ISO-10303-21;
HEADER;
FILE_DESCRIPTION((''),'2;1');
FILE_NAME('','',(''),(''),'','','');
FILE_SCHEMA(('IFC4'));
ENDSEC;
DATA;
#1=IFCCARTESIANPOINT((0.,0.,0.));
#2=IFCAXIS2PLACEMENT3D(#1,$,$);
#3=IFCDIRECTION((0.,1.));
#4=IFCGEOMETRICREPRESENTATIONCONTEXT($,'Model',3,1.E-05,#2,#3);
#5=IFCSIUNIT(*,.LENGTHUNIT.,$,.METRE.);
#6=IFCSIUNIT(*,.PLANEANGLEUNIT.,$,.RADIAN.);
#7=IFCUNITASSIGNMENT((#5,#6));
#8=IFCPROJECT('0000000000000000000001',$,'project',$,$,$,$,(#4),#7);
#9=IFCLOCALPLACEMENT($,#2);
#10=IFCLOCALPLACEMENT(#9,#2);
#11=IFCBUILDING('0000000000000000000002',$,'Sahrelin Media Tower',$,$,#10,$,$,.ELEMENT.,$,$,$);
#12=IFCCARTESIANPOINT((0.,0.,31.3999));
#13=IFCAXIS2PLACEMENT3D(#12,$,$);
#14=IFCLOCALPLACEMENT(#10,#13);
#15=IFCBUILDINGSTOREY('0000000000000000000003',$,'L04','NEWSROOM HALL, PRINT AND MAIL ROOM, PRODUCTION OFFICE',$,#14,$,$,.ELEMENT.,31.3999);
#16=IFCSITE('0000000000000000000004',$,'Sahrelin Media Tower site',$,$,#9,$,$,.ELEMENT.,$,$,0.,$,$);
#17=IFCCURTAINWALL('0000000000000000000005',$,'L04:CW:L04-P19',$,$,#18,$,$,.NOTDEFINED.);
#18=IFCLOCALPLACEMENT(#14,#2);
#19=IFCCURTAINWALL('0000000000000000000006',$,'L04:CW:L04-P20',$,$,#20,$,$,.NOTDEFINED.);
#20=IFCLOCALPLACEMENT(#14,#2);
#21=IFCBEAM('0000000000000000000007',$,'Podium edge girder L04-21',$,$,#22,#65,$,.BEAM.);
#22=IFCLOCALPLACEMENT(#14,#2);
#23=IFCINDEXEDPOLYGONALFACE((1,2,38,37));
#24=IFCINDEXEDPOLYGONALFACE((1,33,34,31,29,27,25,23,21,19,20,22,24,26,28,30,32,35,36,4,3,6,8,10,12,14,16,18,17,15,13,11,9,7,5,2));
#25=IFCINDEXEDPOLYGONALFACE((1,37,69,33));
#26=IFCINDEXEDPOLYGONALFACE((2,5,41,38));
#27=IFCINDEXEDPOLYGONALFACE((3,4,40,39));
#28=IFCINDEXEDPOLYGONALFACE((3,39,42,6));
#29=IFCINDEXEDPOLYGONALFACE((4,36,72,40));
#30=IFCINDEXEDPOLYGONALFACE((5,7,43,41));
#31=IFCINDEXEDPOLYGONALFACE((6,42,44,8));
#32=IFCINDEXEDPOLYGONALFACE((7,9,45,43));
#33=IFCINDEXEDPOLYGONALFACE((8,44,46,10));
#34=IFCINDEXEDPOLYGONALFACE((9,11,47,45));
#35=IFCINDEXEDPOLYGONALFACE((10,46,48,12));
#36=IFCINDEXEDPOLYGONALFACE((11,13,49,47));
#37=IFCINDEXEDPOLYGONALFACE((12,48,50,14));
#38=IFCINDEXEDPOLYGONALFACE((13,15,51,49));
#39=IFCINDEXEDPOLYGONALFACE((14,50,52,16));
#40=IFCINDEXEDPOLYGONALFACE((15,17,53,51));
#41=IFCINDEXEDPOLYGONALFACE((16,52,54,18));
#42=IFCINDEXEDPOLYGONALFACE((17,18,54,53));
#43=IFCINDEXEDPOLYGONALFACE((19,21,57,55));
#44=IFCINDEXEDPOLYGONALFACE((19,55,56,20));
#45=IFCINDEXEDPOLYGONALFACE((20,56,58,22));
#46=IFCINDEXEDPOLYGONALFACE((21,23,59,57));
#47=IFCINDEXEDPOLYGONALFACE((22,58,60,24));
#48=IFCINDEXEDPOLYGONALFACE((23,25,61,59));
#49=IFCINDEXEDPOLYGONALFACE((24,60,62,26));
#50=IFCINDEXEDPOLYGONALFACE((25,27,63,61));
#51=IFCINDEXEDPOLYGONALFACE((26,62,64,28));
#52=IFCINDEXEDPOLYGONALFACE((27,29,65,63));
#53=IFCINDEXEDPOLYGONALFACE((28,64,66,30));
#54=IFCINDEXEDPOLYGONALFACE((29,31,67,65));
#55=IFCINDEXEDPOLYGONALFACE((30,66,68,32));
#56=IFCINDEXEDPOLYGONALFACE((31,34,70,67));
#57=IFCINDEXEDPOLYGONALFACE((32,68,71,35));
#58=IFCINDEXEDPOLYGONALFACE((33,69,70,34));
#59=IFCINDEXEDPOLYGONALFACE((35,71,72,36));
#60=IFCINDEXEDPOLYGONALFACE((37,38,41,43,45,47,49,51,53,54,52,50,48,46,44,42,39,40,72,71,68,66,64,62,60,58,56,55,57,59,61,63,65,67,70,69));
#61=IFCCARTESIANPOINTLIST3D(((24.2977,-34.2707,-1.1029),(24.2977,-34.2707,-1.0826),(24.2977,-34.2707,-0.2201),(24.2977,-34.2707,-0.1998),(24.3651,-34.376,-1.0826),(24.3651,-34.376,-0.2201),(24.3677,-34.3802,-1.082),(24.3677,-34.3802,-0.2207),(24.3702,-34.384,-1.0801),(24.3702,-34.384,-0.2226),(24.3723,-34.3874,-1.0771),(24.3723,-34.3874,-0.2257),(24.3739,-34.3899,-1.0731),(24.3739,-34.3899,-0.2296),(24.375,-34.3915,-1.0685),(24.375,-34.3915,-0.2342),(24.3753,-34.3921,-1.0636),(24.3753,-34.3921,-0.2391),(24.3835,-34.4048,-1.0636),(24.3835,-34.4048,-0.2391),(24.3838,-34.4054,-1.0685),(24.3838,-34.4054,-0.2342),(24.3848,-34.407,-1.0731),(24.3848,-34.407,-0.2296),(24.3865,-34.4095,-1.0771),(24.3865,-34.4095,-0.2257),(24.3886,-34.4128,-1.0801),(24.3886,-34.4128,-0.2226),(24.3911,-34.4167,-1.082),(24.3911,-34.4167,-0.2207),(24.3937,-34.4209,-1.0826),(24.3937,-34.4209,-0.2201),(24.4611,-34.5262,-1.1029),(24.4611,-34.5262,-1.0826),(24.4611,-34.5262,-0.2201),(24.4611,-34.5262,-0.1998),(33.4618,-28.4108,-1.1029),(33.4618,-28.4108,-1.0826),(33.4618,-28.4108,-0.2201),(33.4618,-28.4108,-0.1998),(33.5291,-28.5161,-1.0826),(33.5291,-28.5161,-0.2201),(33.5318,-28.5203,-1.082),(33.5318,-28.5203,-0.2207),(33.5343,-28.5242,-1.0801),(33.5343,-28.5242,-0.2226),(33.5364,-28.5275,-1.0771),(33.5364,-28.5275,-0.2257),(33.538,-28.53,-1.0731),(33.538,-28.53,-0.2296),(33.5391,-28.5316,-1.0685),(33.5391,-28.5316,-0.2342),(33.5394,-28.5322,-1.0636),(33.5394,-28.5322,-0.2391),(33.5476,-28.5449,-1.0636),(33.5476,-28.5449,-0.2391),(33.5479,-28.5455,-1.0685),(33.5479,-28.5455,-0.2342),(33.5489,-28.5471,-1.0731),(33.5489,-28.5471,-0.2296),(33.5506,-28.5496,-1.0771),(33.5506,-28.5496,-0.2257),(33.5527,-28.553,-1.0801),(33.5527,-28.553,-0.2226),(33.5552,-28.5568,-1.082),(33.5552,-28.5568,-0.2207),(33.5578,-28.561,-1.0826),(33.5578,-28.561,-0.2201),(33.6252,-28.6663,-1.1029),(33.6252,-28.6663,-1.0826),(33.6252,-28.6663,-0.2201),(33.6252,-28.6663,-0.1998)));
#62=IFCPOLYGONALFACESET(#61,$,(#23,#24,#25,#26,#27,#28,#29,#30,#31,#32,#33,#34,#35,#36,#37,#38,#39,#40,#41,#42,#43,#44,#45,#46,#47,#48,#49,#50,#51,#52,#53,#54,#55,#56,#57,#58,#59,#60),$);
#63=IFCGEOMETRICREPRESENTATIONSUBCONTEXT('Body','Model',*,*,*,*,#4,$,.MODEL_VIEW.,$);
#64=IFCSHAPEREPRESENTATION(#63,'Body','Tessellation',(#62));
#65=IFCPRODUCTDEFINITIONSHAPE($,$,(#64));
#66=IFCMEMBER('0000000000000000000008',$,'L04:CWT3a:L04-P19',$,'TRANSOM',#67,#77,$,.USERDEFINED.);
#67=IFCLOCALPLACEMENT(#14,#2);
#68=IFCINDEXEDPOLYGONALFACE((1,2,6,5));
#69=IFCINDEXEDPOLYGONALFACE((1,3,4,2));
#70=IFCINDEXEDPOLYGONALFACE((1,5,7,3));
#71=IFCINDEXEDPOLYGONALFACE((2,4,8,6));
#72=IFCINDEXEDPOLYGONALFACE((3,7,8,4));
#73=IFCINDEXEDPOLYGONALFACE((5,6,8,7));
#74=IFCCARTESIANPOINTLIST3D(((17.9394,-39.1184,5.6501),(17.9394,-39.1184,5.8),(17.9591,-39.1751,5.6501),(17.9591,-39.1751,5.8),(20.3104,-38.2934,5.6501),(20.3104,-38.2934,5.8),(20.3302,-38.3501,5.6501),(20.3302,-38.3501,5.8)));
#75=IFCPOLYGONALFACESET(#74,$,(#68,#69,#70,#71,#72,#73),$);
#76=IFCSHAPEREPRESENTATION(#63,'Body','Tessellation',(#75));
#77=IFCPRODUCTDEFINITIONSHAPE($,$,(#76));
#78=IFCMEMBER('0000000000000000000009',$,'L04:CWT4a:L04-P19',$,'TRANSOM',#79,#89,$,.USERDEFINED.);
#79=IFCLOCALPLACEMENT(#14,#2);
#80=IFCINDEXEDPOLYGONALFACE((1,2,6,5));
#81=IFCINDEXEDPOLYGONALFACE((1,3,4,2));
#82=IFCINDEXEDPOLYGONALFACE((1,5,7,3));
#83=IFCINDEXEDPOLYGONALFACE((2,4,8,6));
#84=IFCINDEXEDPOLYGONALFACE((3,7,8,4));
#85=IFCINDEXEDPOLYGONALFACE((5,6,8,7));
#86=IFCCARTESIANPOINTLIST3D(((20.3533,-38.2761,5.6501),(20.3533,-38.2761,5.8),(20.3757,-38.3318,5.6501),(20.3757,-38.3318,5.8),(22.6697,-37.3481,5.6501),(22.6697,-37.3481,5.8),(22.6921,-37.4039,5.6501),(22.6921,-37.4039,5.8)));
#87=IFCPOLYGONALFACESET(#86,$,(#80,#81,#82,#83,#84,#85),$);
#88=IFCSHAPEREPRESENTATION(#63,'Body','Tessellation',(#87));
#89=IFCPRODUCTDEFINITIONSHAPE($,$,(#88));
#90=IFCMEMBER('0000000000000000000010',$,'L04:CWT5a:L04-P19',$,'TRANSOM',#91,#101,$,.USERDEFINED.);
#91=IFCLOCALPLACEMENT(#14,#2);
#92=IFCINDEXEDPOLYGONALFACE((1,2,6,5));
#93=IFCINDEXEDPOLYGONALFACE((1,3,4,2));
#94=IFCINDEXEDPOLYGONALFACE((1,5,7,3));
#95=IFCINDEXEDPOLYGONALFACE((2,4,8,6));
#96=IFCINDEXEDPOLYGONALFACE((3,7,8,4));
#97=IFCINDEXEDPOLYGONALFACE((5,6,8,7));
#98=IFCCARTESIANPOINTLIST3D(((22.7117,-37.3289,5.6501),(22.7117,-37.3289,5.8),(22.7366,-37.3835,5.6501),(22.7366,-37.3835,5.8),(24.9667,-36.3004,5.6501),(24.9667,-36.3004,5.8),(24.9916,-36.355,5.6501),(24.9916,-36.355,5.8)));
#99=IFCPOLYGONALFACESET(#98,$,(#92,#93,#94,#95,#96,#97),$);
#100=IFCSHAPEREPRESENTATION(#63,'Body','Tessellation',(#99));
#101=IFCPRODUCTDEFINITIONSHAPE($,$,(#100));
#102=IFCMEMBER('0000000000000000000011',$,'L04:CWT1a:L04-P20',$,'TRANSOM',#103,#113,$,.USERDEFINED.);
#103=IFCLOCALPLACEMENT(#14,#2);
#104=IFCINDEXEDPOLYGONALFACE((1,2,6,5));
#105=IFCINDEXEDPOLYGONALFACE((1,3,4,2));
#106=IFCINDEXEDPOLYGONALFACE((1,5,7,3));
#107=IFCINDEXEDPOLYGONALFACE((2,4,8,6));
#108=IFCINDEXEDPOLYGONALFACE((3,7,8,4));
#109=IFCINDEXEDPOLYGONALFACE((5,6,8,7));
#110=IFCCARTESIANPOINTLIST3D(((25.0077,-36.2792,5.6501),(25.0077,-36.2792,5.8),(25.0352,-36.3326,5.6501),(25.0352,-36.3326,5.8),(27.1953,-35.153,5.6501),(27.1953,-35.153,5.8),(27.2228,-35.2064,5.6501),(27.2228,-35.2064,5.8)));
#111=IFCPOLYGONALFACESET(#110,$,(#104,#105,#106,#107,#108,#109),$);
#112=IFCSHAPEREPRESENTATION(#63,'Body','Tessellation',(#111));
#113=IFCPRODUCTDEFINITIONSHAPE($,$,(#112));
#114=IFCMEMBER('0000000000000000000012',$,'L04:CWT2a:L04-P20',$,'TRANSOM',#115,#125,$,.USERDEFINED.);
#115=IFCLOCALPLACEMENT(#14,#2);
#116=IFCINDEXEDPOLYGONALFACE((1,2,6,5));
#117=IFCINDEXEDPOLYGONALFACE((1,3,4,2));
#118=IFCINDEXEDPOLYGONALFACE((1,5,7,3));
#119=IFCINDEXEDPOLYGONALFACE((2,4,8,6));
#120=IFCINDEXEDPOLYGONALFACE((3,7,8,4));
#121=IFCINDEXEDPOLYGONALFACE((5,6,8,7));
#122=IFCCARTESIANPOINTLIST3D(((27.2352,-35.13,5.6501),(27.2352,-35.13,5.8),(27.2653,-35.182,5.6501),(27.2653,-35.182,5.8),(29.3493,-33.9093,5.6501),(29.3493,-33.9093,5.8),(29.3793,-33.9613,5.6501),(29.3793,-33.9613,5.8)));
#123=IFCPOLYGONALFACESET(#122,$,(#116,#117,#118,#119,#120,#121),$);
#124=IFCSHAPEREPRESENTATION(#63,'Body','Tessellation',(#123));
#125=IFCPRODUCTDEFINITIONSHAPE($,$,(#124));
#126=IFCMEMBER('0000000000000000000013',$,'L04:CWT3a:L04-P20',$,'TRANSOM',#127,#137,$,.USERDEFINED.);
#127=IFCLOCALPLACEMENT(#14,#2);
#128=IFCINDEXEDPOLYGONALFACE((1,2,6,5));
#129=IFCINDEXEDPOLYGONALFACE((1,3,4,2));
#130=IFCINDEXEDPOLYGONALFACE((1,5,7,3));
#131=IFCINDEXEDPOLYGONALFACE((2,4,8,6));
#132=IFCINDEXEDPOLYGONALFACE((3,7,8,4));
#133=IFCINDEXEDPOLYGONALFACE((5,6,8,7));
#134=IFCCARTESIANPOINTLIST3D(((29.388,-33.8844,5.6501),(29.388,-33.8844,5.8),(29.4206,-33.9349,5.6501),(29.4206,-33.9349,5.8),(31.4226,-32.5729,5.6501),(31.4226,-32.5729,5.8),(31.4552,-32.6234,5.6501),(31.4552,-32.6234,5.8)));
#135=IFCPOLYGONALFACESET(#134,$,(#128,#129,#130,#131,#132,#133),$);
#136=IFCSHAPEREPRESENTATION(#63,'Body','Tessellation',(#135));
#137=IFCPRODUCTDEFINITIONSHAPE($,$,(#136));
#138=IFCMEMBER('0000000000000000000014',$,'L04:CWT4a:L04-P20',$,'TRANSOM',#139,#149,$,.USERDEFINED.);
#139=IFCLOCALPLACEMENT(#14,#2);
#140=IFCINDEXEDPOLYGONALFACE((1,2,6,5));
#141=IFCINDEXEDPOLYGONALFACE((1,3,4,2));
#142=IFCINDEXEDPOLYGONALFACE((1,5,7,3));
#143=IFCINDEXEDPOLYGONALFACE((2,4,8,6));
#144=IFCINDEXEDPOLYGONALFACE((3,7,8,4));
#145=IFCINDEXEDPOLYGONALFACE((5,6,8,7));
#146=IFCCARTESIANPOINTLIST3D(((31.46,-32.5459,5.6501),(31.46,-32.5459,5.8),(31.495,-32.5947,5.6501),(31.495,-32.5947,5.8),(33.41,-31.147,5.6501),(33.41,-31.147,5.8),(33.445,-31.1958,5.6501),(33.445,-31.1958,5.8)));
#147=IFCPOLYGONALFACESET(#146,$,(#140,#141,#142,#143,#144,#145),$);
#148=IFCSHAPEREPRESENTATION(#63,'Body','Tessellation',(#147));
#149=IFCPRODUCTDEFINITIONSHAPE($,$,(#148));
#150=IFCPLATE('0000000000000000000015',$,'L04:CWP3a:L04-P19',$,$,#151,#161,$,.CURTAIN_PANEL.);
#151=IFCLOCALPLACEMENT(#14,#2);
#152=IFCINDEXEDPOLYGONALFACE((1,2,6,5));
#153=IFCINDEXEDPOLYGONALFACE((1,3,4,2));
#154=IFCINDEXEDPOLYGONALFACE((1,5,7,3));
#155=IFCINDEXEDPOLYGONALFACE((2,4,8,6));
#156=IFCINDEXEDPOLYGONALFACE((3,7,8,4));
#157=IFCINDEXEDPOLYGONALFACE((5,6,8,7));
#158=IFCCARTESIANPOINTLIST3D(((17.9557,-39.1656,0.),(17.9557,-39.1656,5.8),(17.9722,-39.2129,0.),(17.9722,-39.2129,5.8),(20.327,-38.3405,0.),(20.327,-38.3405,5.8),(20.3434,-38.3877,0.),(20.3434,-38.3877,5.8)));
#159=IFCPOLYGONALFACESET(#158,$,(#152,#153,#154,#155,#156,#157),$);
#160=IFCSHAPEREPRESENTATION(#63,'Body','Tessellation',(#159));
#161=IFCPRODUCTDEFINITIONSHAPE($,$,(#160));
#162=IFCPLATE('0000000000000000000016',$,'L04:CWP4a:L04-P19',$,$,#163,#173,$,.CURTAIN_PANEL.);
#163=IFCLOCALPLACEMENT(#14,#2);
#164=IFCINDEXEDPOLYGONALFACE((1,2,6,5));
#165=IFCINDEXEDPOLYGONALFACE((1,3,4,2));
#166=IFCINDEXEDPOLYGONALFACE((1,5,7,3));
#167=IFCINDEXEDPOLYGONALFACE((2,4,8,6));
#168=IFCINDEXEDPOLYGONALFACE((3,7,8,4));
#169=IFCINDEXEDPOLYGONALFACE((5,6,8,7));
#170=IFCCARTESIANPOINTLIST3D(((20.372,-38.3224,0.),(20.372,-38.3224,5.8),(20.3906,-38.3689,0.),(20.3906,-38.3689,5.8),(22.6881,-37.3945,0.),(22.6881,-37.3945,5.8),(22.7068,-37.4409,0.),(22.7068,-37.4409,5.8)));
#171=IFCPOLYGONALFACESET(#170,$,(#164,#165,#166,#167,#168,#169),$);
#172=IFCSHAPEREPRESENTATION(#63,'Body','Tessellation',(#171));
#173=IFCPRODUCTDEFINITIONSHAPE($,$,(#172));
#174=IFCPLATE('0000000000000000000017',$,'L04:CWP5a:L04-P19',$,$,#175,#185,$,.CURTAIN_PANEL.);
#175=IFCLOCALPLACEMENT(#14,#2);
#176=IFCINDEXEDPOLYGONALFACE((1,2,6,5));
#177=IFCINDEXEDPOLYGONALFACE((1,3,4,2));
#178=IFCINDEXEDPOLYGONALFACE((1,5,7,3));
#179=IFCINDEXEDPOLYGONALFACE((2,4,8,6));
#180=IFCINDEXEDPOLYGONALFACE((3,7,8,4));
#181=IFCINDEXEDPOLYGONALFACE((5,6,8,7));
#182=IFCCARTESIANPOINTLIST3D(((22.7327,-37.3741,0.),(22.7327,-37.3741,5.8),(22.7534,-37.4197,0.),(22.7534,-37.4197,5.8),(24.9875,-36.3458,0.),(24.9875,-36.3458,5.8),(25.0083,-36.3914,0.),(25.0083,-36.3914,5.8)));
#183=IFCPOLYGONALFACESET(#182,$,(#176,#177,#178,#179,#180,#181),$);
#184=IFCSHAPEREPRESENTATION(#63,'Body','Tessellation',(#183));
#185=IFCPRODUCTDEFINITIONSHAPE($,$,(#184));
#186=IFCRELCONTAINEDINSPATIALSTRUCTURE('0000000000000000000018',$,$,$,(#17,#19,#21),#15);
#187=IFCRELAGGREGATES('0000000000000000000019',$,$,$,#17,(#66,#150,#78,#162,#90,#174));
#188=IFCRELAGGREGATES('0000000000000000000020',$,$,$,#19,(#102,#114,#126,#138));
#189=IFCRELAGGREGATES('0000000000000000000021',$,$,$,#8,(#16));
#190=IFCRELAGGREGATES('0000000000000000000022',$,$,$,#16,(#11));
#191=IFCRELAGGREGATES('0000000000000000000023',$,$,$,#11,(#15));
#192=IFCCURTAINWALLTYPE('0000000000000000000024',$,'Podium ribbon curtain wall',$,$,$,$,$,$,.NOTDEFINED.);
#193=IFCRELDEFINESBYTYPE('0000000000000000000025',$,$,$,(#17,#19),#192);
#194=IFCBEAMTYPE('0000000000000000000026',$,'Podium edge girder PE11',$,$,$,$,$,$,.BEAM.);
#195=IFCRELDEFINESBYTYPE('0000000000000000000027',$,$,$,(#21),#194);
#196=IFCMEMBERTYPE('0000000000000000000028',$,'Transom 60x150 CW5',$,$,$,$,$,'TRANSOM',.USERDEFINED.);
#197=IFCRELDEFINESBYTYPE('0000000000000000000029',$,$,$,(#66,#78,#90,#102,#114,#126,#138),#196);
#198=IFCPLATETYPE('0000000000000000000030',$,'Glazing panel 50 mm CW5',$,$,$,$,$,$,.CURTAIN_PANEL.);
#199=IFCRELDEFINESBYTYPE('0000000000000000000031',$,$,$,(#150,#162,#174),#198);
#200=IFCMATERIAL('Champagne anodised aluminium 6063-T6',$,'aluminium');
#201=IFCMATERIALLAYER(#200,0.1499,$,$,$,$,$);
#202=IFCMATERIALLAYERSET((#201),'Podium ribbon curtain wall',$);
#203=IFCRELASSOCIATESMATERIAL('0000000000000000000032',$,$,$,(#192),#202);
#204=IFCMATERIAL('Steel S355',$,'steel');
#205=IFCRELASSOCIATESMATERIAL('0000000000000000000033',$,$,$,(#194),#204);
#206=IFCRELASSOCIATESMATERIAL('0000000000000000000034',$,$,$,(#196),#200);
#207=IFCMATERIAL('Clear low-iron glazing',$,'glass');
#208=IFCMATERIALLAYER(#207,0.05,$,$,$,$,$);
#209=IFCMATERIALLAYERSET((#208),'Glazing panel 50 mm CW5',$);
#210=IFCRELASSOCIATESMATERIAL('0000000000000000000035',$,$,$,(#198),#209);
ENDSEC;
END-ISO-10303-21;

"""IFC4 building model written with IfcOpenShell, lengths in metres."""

from ifc_helpers import new_model, si_unit, direction, frame, origin, origin_2d, place, context, subcontext, project, spatial, polyline, rectangle, i_section, outline, extrude, material, layer, layer_set, material_profile, profile_set, type_object, element, aggregate, save


model = new_model("IFC4")

# Units and contexts
model_context = context("Model", 3, precision=1e-05, world=origin(), true_north=direction((0.0, 1.0)))
body_context = subcontext(model_context, "Body", "Model", "MODEL_VIEW")
ifc_project = project(units=[si_unit("LENGTHUNIT", "METRE"), si_unit("PLANEANGLEUNIT", "RADIAN")], contexts=[model_context])

# Site, building, storey
site_placement = place(None, origin())
site = spatial("IfcSite", under=ifc_project, at=site_placement, Name="Sahrelin Media Tower site", CompositionType="ELEMENT", RefElevation=0.0)
building_placement = place(site_placement, origin())
building = spatial("IfcBuilding", under=site, at=building_placement, Name="Sahrelin Media Tower", CompositionType="ELEMENT")
storey_placement = place(building_placement, frame((0.0, 0.0, 31.3999)))
storey = spatial("IfcBuildingStorey", under=building, at=storey_placement, Name="L04", Description="NEWSROOM HALL, PRINT AND MAIL ROOM, PRODUCTION OFFICE", CompositionType="ELEMENT", Elevation=31.3999)

# Shared definitions
ifc_material_1 = material(Name="Steel S355", Category="steel")

# Curtain walls
ifc_material_2 = material(Name="Champagne anodised aluminium 6063-T6", Category="aluminium")
ifc_layer_1 = layer(ifc_material_2, 0.1499)
ifc_layer_set_1 = layer_set([ifc_layer_1], Name="Podium ribbon curtain wall")
curtain_wall_type = type_object("IfcCurtainWallType", Name="Podium ribbon curtain wall", PredefinedType="NOTDEFINED", material=ifc_layer_set_1)
curtain_wall_1_placement = place(storey_placement, frame((12.9409, -40.5688, 0.0), z_axis=(0.0, 0.0, 1.0), x_axis=(1.0, 0.0, 0.0)))
curtain_wall_1 = element("IfcCurtainWall", 1, at=curtain_wall_1_placement, inside=storey, type_object=curtain_wall_type, Name="L04:CW:L04-P19", PredefinedType="NOTDEFINED")
curtain_wall_2_placement = place(storey_placement, frame((25.0, -36.373, 0.0), z_axis=(0.0, 0.0, 1.0), x_axis=(1.0, 0.0, 0.0)))
curtain_wall_2 = element("IfcCurtainWall", 2, at=curtain_wall_2_placement, inside=storey, type_object=curtain_wall_type, Name="L04:CW:L04-P20", PredefinedType="NOTDEFINED")

# Beam
ifc_material_profile_1 = material_profile(ifc_material_1, i_section(OverallWidth=0.3032, OverallDepth=0.9031, WebThickness=0.0151, FlangeThickness=0.0203, FilletRadius=0.019, at=origin_2d()), Name="UB 914x305x201")
ifc_profile_set_1 = profile_set([ifc_material_profile_1], Name="Steel S355")
beam_type_1 = type_object("IfcBeamType", Name="Podium edge girder PE11", PredefinedType="BEAM", material=ifc_profile_set_1)
beam_1_placement = place(storey_placement, frame((24.3794, -34.3984, -0.6514), z_axis=(0.842486, 0.538719, 0.0), x_axis=(-0.538719, 0.842486, 0.0)))
element("IfcBeam", 3, at=beam_1_placement, inside=storey, type_object=beam_type_1, Name="Podium edge girder L04-21", PredefinedType="BEAM", context=body_context, shape_type="SweptSolid", body=[
    extrude(i_section(OverallWidth=0.3032, OverallDepth=0.9031, WebThickness=0.0151, FlangeThickness=0.0203, FilletRadius=0.019, at=origin_2d()), origin(), (0.0, 0.0, 1.0), 10.8774),
])

# Members
ifc_material_profile_2 = material_profile(ifc_material_2, rectangle(XDim=0.0601, YDim=0.1499, at=origin_2d()), Name="Transom 60x150")
ifc_profile_set_2 = profile_set([ifc_material_profile_2], Name="Champagne anodised aluminium 6063-T6")
member_type_1 = type_object("IfcMemberType", Name="Transom 60x150 CW5", ElementType="TRANSOM", PredefinedType="USERDEFINED", material=ifc_profile_set_2)
member_1_placement = place(storey_placement, frame((17.9492, -39.1467, 5.7251), z_axis=(0.944469, 0.3286, 0.0), x_axis=(-0.3286, 0.944469, 0.0)))
member_1 = element("IfcMember", 4, at=member_1_placement, type_object=member_type_1, Name="L04:CWT3a:L04-P19", ObjectType="TRANSOM", PredefinedType="USERDEFINED", context=body_context, shape_type="SweptSolid", body=[
    extrude(rectangle(XDim=0.0601, YDim=0.1499, at=origin_2d()), origin(), (0.0, 0.0, 1.0), 2.5105),
])
member_2_placement = place(storey_placement, frame((20.3645, -38.304, 5.7251), z_axis=(0.928281, 0.37188, 0.0), x_axis=(-0.37188, 0.928281, 0.0)))
member_2 = element("IfcMember", 5, at=member_2_placement, type_object=member_type_1, Name="L04:CWT4a:L04-P19", ObjectType="TRANSOM", PredefinedType="USERDEFINED", context=body_context, shape_type="SweptSolid", body=[
    extrude(rectangle(XDim=0.0601, YDim=0.1499, at=origin_2d()), origin(), (0.0, 0.0, 1.0), 2.4954),
])
member_3_placement = place(storey_placement, frame((22.7241, -37.3562, 5.7251), z_axis=(0.909833, 0.414975, 0.0), x_axis=(-0.414975, 0.909833, 0.0)))
member_3 = element("IfcMember", 6, at=member_3_placement, type_object=member_type_1, Name="L04:CWT5a:L04-P19", ObjectType="TRANSOM", PredefinedType="USERDEFINED", context=body_context, shape_type="SweptSolid", body=[
    extrude(rectangle(XDim=0.0601, YDim=0.1499, at=origin_2d()), origin(), (0.0, 0.0, 1.0), 2.4785),
])
member_4_placement = place(storey_placement, frame((25.0215, -36.3059, 5.7251), z_axis=(0.889086, 0.45774, 0.0), x_axis=(-0.45774, 0.889086, 0.0)))
member_4 = element("IfcMember", 7, at=member_4_placement, type_object=member_type_1, Name="L04:CWT1a:L04-P20", ObjectType="TRANSOM", PredefinedType="USERDEFINED", context=body_context, shape_type="SweptSolid", body=[
    extrude(rectangle(XDim=0.0601, YDim=0.1499, at=origin_2d()), origin(), (0.0, 0.0, 1.0), 2.4604),
])
member_5_placement = place(storey_placement, frame((27.2502, -35.156, 5.7251), z_axis=(0.865994, 0.500054, 0.0), x_axis=(-0.500054, 0.865994, 0.0)))
member_5 = element("IfcMember", 8, at=member_5_placement, type_object=member_type_1, Name="L04:CWT2a:L04-P20", ObjectType="TRANSOM", PredefinedType="USERDEFINED", context=body_context, shape_type="SweptSolid", body=[
    extrude(rectangle(XDim=0.0601, YDim=0.1499, at=origin_2d()), origin(), (0.0, 0.0, 1.0), 2.4412),
])
member_6_placement = place(storey_placement, frame((29.4043, -33.9097, 5.7251), z_axis=(0.840516, 0.541787, 0.0), x_axis=(-0.541787, 0.840516, 0.0)))
member_6 = element("IfcMember", 9, at=member_6_placement, type_object=member_type_1, Name="L04:CWT3a:L04-P20", ObjectType="TRANSOM", PredefinedType="USERDEFINED", context=body_context, shape_type="SweptSolid", body=[
    extrude(rectangle(XDim=0.0601, YDim=0.1499, at=origin_2d()), origin(), (0.0, 0.0, 1.0), 2.4207),
])
member_7_placement = place(storey_placement, frame((31.4775, -32.5703, 5.7251), z_axis=(0.812529, 0.582921, 0.0), x_axis=(-0.582921, 0.812529, 0.0)))
member_7 = element("IfcMember", 10, at=member_7_placement, type_object=member_type_1, Name="L04:CWT4a:L04-P20", ObjectType="TRANSOM", PredefinedType="USERDEFINED", context=body_context, shape_type="SweptSolid", body=[
    extrude(rectangle(XDim=0.0601, YDim=0.1499, at=origin_2d()), origin(), (0.0, 0.0, 1.0), 2.3999),
])

# Plates
ifc_material_3 = material(Name="Clear low-iron glazing", Category="glass")
ifc_layer_2 = layer(ifc_material_3, 0.05)
ifc_layer_set_2 = layer_set([ifc_layer_2], Name="Glazing panel 50 mm CW5")
plate_type = type_object("IfcPlateType", Name="Glazing panel 50 mm CW5", PredefinedType="CURTAIN_PANEL", material=ifc_layer_set_2)
plate_1_placement = place(storey_placement, frame((17.9722, -39.2129, 0.0), z_axis=(0.328656, -0.94445, 0.0), x_axis=(0.94445, 0.328656, 0.0)))
plate_1 = element("IfcPlate", 11, at=plate_1_placement, type_object=plate_type, Name="L04:CWP3a:L04-P19", PredefinedType="CURTAIN_PANEL", context=body_context, shape_type="SweptSolid", body=[
    extrude(outline(polyline([(0.0, 0.0), (2.5107, 0.0), (2.5107, 5.8), (0.0, 5.8), (0.0, 0.0)])), origin(), (0.0, 0.0, -1.0), 0.05),
])
plate_2_placement = place(storey_placement, frame((20.3906, -38.3689, 0.0), z_axis=(0.371914, -0.928267, 0.0), x_axis=(0.928267, 0.371914, 0.0)))
plate_2 = element("IfcPlate", 12, at=plate_2_placement, type_object=plate_type, Name="L04:CWP4a:L04-P19", PredefinedType="CURTAIN_PANEL", context=body_context, shape_type="SweptSolid", body=[
    extrude(outline(polyline([(0.0, 0.0), (2.4951, 0.0), (2.4951, 5.8), (0.0, 5.8), (0.0, 0.0)])), origin(), (0.0, 0.0, -1.0), 0.05),
])
plate_3_placement = place(storey_placement, frame((22.7534, -37.4197, 0.0), z_axis=(0.414931, -0.909853, 0.0), x_axis=(0.909853, 0.414931, 0.0)))
plate_3 = element("IfcPlate", 13, at=plate_3_placement, type_object=plate_type, Name="L04:CWP5a:L04-P19", PredefinedType="CURTAIN_PANEL", context=body_context, shape_type="SweptSolid", body=[
    extrude(outline(polyline([(0.0, 0.0), (2.4783, 0.0), (2.4783, 5.8), (0.0, 5.8), (0.0, 0.0)])), origin(), (0.0, 0.0, -1.0), 0.05),
])
aggregate(curtain_wall_1, [member_1, plate_1, member_2, plate_2, member_3, plate_3])
aggregate(curtain_wall_2, [member_4, member_5, member_6, member_7])

save(model, "model.ifc")
